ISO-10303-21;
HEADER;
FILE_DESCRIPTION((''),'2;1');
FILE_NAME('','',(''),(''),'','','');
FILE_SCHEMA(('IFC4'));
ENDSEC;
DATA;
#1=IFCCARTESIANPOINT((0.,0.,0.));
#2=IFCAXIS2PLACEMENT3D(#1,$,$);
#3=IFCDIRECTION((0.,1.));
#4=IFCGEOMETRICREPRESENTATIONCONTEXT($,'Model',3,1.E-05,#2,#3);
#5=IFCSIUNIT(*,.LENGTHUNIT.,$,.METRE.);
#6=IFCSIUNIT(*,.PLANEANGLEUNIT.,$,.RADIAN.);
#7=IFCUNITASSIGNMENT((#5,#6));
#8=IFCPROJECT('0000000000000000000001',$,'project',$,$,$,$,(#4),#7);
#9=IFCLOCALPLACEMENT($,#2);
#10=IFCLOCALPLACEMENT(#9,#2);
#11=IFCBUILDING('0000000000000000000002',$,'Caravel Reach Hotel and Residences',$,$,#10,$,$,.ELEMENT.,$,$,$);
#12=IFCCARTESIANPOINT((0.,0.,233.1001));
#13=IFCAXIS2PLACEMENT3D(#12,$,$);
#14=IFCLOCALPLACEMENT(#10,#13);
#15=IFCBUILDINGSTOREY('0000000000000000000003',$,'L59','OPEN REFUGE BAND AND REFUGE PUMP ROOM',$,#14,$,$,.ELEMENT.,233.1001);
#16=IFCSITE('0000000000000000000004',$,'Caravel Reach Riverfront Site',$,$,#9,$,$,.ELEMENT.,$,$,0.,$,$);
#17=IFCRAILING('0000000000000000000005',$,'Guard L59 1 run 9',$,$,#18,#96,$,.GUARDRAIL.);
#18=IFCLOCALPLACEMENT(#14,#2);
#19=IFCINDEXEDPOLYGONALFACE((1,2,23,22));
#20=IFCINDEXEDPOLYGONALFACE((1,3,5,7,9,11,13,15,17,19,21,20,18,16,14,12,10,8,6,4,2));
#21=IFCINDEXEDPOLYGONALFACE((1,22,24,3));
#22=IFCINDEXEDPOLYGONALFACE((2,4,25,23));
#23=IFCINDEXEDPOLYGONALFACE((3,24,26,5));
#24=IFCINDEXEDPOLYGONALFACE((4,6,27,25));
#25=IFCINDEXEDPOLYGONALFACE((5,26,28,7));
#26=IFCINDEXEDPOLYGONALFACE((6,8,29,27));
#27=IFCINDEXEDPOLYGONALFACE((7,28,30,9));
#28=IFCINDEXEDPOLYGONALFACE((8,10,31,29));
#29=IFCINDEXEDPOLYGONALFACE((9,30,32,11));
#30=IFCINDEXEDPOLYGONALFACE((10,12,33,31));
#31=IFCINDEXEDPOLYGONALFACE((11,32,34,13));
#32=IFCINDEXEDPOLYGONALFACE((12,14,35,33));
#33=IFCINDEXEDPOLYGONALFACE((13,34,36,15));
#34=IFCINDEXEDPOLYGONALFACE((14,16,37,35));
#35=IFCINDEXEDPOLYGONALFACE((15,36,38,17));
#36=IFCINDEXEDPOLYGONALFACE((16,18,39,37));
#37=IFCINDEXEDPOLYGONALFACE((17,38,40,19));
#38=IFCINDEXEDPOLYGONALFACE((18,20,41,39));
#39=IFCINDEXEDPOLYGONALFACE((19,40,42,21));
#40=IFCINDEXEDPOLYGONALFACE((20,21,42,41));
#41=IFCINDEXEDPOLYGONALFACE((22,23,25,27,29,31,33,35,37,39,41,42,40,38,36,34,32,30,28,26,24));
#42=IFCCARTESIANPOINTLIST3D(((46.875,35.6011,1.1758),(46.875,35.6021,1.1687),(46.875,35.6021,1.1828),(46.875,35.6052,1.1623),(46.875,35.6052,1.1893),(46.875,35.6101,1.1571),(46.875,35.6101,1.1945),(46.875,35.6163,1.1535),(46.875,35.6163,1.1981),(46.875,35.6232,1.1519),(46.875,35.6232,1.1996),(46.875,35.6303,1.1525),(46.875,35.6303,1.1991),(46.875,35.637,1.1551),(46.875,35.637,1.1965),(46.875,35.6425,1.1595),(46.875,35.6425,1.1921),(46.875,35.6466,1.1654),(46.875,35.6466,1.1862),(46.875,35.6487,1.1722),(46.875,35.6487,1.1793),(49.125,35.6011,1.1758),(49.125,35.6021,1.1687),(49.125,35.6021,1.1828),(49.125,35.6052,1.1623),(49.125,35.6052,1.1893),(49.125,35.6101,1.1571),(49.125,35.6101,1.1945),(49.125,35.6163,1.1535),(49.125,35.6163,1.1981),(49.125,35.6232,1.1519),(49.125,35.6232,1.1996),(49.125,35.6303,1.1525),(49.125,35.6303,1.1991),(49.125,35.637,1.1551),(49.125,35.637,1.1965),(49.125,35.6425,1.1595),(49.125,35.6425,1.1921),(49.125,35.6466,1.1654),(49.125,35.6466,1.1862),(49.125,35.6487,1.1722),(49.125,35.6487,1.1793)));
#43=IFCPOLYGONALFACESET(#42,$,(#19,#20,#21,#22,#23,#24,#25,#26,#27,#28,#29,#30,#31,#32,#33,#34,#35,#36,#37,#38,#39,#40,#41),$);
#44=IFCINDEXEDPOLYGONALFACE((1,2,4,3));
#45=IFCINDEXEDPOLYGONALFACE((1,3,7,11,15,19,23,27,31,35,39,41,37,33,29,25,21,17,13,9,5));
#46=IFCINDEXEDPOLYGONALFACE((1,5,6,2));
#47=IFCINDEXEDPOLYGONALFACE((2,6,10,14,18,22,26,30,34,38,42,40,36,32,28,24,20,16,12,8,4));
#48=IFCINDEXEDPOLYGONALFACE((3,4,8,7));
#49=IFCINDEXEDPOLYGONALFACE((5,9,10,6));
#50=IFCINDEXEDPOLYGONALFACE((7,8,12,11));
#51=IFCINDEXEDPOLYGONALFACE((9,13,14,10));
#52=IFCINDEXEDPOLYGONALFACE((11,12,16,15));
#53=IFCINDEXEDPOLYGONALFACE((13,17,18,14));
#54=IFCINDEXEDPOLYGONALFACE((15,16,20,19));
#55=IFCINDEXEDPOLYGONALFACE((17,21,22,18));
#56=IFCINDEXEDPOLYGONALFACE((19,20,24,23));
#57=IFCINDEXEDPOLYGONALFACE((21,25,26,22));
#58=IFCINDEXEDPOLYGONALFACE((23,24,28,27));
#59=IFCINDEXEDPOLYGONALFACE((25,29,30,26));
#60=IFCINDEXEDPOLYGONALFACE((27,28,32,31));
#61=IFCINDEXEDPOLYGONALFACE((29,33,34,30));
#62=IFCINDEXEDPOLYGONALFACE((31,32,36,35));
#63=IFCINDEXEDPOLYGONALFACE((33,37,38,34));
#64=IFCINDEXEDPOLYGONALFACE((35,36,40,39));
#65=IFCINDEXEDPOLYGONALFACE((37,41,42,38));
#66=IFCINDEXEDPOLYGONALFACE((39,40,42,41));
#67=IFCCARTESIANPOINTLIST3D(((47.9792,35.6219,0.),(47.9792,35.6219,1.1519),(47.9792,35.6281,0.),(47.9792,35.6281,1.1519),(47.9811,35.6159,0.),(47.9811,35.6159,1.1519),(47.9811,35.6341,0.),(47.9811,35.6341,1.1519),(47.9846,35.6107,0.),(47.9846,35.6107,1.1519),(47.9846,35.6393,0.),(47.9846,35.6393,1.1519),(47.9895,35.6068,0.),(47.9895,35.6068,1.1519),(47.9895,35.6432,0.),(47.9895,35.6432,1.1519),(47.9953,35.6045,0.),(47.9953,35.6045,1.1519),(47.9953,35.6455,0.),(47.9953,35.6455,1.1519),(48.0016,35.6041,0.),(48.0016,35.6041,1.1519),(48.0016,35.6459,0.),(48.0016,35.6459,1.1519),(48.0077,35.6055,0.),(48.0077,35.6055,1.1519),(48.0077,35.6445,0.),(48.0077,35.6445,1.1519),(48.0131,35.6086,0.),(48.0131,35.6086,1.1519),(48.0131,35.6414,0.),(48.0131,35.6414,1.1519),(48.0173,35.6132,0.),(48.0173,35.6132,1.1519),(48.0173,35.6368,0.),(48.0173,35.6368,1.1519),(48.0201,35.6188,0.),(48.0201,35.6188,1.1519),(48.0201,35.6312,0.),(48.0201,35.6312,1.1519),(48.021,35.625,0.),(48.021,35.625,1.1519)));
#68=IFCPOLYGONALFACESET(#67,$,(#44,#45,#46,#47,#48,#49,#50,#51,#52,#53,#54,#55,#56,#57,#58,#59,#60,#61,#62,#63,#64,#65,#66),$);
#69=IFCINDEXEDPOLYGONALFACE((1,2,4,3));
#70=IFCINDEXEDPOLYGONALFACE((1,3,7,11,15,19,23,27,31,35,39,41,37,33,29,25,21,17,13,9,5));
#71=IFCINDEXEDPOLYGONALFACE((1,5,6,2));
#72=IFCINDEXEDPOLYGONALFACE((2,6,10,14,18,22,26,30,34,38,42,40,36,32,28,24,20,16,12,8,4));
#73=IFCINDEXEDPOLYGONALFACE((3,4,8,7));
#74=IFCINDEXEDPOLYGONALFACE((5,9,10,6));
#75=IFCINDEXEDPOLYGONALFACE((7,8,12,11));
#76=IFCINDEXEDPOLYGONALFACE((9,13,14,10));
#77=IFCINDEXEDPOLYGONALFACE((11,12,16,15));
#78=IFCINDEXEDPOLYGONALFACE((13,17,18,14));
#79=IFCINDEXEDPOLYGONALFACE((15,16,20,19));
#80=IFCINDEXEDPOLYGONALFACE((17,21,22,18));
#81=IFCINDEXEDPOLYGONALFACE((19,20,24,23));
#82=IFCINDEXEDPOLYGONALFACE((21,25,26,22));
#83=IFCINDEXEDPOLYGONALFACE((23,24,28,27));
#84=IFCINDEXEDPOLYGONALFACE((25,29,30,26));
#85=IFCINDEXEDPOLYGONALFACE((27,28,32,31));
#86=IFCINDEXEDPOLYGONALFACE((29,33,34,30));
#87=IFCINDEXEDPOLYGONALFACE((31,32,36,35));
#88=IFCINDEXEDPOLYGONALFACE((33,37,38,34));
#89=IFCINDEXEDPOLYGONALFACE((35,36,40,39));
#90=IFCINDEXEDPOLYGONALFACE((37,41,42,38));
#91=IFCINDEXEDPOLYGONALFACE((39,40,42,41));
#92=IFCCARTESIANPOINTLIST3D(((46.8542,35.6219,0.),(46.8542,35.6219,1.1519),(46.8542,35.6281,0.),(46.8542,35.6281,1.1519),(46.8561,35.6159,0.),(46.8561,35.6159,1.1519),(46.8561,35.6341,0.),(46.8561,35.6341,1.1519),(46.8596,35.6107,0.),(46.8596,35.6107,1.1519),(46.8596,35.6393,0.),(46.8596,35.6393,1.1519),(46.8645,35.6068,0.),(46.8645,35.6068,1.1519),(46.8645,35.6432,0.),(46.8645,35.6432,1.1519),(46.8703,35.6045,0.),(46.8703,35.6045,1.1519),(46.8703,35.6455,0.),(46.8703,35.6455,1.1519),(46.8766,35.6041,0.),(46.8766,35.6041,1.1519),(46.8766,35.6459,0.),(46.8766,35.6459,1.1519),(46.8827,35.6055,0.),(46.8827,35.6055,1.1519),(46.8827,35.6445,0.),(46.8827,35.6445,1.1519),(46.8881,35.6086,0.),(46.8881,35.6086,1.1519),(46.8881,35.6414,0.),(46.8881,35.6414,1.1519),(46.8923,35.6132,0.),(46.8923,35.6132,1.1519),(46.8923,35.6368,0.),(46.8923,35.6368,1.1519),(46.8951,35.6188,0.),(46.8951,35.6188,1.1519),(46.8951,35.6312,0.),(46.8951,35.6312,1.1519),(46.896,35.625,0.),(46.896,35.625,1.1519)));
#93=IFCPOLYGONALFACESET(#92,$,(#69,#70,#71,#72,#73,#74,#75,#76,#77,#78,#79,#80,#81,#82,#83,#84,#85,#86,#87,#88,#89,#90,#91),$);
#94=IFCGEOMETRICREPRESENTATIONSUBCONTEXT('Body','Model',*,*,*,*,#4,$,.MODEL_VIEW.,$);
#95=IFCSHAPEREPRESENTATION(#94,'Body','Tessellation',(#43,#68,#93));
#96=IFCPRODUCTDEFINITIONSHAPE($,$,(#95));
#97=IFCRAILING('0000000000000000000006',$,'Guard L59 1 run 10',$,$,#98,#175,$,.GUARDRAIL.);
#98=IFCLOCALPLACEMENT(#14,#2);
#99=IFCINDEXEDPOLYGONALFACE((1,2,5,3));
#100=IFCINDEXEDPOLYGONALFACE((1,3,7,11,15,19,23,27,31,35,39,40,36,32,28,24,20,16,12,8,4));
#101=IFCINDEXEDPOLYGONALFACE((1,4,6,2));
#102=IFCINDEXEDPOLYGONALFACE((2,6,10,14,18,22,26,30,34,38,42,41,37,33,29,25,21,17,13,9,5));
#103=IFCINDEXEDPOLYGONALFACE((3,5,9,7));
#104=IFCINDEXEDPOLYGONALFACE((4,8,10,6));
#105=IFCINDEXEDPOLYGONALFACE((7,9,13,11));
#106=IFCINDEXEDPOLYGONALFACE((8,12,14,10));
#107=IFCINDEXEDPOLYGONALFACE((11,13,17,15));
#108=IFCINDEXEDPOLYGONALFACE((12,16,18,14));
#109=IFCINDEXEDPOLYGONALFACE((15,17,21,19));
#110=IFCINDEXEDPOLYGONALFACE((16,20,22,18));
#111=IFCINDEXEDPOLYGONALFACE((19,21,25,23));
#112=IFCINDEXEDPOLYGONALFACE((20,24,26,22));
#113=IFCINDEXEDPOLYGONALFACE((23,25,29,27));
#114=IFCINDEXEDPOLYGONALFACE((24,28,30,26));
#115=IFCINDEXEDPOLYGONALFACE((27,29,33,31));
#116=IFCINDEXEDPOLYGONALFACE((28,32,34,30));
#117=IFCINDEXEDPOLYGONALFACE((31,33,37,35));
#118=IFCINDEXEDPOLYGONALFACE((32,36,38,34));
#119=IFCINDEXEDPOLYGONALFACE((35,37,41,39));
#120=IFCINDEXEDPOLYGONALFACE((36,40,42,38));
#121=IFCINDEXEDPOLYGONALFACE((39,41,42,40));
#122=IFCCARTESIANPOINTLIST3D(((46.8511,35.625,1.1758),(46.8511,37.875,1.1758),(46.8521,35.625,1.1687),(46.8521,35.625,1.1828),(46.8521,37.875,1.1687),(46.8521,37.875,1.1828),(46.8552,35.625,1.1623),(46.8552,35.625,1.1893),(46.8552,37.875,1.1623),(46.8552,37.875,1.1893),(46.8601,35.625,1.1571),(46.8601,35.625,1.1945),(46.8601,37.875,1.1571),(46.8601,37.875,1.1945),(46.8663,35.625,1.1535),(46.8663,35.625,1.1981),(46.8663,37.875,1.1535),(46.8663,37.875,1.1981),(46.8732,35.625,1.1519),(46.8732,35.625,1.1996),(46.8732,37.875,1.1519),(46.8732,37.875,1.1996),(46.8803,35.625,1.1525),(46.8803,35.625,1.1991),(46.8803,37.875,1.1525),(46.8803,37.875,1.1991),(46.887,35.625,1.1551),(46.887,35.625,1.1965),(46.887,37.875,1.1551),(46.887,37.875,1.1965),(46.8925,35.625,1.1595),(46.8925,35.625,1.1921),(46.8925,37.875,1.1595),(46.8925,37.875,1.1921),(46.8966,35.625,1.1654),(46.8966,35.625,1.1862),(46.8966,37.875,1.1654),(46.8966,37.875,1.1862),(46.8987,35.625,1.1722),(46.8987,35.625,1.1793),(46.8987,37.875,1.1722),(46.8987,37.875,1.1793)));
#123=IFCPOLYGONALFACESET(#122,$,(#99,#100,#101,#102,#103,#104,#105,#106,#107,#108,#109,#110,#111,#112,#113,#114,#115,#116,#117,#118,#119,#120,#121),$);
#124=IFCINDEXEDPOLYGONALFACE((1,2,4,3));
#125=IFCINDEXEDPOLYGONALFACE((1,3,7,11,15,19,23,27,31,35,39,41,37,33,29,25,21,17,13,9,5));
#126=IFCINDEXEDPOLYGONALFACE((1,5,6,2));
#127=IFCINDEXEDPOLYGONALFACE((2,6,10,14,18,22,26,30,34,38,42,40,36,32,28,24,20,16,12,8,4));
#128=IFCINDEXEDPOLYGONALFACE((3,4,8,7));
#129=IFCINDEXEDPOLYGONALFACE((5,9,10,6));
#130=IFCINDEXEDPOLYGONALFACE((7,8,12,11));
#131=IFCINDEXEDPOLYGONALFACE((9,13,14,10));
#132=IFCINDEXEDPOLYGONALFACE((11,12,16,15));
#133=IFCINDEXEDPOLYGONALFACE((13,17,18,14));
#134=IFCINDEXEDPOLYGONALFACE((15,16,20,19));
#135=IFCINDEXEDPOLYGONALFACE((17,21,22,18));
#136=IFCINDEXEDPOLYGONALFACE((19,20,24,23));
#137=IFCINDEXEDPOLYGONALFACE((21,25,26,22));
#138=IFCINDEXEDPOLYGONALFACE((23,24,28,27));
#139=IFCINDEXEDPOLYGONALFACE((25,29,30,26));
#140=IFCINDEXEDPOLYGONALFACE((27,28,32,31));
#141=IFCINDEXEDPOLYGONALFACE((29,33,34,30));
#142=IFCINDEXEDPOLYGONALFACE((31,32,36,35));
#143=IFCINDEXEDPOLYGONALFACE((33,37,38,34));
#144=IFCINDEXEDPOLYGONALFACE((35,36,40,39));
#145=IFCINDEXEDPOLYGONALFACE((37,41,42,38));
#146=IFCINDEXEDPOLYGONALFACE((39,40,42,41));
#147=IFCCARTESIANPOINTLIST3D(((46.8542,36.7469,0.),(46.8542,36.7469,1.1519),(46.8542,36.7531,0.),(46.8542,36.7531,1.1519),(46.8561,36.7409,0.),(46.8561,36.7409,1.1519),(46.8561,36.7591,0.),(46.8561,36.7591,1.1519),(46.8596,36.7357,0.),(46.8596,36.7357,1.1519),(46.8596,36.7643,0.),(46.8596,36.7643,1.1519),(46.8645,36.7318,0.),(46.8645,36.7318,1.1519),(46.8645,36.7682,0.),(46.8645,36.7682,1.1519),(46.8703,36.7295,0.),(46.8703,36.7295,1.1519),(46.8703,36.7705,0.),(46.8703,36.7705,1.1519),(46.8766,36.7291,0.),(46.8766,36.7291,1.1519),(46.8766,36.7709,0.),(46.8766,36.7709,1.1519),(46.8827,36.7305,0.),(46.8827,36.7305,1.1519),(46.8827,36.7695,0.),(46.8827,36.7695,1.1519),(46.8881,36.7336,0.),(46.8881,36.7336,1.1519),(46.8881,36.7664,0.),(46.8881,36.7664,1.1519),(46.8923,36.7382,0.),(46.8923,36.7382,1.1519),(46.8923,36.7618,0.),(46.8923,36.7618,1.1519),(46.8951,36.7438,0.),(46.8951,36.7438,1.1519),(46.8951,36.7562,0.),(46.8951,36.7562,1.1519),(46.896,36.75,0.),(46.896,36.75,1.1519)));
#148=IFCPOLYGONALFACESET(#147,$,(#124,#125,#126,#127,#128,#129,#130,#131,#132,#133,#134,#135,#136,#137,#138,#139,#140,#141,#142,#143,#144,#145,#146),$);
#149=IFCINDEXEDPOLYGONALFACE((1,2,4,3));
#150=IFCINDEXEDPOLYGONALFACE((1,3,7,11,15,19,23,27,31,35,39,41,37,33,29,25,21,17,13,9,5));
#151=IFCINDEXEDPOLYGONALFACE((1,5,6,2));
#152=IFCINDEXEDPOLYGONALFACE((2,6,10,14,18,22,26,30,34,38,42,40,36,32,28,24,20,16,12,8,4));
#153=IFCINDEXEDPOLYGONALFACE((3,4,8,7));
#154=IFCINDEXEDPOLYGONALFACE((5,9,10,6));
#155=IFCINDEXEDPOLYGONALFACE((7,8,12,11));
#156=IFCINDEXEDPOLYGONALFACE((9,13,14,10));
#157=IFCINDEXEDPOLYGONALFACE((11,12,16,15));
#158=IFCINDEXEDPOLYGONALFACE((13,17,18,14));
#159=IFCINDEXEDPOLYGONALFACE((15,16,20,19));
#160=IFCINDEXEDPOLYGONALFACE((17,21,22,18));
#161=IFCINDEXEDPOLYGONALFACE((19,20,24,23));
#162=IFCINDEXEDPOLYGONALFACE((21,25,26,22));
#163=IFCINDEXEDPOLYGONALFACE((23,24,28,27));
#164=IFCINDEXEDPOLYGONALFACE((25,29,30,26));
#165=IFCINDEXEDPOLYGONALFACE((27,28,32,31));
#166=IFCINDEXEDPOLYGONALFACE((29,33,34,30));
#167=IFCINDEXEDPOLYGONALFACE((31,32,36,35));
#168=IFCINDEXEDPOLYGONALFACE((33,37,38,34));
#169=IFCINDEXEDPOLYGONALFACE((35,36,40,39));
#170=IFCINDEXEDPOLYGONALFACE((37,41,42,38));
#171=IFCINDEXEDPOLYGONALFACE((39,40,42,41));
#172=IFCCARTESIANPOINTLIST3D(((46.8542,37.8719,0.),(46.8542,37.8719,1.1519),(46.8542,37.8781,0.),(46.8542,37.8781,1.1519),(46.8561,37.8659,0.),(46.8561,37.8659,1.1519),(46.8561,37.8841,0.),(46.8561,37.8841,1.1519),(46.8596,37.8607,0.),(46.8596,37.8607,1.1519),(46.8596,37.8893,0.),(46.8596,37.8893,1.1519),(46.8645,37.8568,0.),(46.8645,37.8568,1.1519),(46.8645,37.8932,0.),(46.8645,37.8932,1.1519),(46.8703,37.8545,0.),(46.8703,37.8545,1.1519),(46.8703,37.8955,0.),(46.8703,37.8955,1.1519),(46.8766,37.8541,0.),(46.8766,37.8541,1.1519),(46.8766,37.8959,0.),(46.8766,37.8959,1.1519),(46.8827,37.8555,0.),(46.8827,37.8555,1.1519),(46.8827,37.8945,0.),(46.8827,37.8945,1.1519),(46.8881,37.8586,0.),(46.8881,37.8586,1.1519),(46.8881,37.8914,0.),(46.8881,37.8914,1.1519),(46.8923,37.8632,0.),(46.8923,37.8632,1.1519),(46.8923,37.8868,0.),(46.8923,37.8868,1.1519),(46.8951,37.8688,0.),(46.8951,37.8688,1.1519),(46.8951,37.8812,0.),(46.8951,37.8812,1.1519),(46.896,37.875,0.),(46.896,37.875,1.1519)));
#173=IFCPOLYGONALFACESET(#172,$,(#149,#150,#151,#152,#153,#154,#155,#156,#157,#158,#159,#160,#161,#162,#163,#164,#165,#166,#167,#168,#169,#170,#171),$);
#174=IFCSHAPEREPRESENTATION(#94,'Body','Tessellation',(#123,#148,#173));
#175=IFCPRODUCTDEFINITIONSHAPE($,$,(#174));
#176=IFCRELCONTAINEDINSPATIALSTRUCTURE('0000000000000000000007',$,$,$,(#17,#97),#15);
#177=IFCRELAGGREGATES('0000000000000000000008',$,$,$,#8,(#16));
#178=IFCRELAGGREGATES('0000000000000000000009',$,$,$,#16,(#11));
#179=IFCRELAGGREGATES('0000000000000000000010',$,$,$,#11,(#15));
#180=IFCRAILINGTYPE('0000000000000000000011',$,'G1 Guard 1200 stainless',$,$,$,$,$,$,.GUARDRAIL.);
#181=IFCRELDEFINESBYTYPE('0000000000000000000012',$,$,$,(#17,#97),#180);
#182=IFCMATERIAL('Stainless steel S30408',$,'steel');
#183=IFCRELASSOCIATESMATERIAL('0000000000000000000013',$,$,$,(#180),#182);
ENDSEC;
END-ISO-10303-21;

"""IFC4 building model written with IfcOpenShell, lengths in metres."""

from ifc_helpers import new_model, si_unit, direction, frame, origin, origin_2d, place, context, subcontext, project, spatial, circle, extrude, material, type_object, element, save


model = new_model("IFC4")

# Units and contexts
model_context = context("Model", 3, precision=1e-05, world=origin(), true_north=direction((0.0, 1.0)))
body_context = subcontext(model_context, "Body", "Model", "MODEL_VIEW")
ifc_project = project(units=[si_unit("LENGTHUNIT", "METRE"), si_unit("PLANEANGLEUNIT", "RADIAN")], contexts=[model_context])

# Site, building, storey
site_placement = place(None, origin())
site = spatial("IfcSite", under=ifc_project, at=site_placement, Name="Caravel Reach Riverfront Site", CompositionType="ELEMENT", RefElevation=0.0)
building_placement = place(site_placement, origin())
building = spatial("IfcBuilding", under=site, at=building_placement, Name="Caravel Reach Hotel and Residences", CompositionType="ELEMENT")
storey_placement = place(building_placement, frame((0.0, 0.0, 233.1001)))
storey = spatial("IfcBuildingStorey", under=building, at=storey_placement, Name="L59", Description="OPEN REFUGE BAND AND REFUGE PUMP ROOM", CompositionType="ELEMENT", Elevation=233.1001)

# Railings
ifc_material_1 = material(Name="Stainless steel S30408", Category="steel")
railing_type_1 = type_object("IfcRailingType", Name="G1 Guard 1200 stainless", PredefinedType="GUARDRAIL", material=ifc_material_1)
railing_1_placement = place(storey_placement, frame((49.125, 35.625, 0.0)))
element("IfcRailing", 1, at=railing_1_placement, inside=storey, type_object=railing_type_1, Name="Guard L59 1 run 9", PredefinedType="GUARDRAIL", context=body_context, shape_type="SweptSolid", body=[
    extrude(circle(Radius=0.0239, at=origin_2d()), frame((0.0, 0.0, 1.1758), z_axis=(-1.0, 0.0, 0.0), x_axis=(0.0, -1.0, 0.0)), (0.0, 0.0, 1.0), 2.25),
    extrude(circle(Radius=0.021, at=origin_2d()), frame((-1.125, 0.0, 0.0)), (0.0, 0.0, 1.0), 1.1519),
    extrude(circle(Radius=0.021, at=origin_2d()), frame((-2.25, 0.0, 0.0)), (0.0, 0.0, 1.0), 1.1519),
])
railing_2_placement = place(storey_placement, frame((46.875, 35.625, 0.0)))
element("IfcRailing", 2, at=railing_2_placement, inside=storey, type_object=railing_type_1, Name="Guard L59 1 run 10", PredefinedType="GUARDRAIL", context=body_context, shape_type="SweptSolid", body=[
    extrude(circle(Radius=0.0239, at=origin_2d()), frame((0.0, 0.0, 1.1758), z_axis=(0.0, 1.0, 0.0), x_axis=(-1.0, 0.0, 0.0)), (0.0, 0.0, 1.0), 2.25),
    extrude(circle(Radius=0.021, at=origin_2d()), frame((0.0, 1.125, 0.0)), (0.0, 0.0, 1.0), 1.1519),
    extrude(circle(Radius=0.021, at=origin_2d()), frame((0.0, 2.25, 0.0)), (0.0, 0.0, 1.0), 1.1519),
])

save(model, "model.ifc")
